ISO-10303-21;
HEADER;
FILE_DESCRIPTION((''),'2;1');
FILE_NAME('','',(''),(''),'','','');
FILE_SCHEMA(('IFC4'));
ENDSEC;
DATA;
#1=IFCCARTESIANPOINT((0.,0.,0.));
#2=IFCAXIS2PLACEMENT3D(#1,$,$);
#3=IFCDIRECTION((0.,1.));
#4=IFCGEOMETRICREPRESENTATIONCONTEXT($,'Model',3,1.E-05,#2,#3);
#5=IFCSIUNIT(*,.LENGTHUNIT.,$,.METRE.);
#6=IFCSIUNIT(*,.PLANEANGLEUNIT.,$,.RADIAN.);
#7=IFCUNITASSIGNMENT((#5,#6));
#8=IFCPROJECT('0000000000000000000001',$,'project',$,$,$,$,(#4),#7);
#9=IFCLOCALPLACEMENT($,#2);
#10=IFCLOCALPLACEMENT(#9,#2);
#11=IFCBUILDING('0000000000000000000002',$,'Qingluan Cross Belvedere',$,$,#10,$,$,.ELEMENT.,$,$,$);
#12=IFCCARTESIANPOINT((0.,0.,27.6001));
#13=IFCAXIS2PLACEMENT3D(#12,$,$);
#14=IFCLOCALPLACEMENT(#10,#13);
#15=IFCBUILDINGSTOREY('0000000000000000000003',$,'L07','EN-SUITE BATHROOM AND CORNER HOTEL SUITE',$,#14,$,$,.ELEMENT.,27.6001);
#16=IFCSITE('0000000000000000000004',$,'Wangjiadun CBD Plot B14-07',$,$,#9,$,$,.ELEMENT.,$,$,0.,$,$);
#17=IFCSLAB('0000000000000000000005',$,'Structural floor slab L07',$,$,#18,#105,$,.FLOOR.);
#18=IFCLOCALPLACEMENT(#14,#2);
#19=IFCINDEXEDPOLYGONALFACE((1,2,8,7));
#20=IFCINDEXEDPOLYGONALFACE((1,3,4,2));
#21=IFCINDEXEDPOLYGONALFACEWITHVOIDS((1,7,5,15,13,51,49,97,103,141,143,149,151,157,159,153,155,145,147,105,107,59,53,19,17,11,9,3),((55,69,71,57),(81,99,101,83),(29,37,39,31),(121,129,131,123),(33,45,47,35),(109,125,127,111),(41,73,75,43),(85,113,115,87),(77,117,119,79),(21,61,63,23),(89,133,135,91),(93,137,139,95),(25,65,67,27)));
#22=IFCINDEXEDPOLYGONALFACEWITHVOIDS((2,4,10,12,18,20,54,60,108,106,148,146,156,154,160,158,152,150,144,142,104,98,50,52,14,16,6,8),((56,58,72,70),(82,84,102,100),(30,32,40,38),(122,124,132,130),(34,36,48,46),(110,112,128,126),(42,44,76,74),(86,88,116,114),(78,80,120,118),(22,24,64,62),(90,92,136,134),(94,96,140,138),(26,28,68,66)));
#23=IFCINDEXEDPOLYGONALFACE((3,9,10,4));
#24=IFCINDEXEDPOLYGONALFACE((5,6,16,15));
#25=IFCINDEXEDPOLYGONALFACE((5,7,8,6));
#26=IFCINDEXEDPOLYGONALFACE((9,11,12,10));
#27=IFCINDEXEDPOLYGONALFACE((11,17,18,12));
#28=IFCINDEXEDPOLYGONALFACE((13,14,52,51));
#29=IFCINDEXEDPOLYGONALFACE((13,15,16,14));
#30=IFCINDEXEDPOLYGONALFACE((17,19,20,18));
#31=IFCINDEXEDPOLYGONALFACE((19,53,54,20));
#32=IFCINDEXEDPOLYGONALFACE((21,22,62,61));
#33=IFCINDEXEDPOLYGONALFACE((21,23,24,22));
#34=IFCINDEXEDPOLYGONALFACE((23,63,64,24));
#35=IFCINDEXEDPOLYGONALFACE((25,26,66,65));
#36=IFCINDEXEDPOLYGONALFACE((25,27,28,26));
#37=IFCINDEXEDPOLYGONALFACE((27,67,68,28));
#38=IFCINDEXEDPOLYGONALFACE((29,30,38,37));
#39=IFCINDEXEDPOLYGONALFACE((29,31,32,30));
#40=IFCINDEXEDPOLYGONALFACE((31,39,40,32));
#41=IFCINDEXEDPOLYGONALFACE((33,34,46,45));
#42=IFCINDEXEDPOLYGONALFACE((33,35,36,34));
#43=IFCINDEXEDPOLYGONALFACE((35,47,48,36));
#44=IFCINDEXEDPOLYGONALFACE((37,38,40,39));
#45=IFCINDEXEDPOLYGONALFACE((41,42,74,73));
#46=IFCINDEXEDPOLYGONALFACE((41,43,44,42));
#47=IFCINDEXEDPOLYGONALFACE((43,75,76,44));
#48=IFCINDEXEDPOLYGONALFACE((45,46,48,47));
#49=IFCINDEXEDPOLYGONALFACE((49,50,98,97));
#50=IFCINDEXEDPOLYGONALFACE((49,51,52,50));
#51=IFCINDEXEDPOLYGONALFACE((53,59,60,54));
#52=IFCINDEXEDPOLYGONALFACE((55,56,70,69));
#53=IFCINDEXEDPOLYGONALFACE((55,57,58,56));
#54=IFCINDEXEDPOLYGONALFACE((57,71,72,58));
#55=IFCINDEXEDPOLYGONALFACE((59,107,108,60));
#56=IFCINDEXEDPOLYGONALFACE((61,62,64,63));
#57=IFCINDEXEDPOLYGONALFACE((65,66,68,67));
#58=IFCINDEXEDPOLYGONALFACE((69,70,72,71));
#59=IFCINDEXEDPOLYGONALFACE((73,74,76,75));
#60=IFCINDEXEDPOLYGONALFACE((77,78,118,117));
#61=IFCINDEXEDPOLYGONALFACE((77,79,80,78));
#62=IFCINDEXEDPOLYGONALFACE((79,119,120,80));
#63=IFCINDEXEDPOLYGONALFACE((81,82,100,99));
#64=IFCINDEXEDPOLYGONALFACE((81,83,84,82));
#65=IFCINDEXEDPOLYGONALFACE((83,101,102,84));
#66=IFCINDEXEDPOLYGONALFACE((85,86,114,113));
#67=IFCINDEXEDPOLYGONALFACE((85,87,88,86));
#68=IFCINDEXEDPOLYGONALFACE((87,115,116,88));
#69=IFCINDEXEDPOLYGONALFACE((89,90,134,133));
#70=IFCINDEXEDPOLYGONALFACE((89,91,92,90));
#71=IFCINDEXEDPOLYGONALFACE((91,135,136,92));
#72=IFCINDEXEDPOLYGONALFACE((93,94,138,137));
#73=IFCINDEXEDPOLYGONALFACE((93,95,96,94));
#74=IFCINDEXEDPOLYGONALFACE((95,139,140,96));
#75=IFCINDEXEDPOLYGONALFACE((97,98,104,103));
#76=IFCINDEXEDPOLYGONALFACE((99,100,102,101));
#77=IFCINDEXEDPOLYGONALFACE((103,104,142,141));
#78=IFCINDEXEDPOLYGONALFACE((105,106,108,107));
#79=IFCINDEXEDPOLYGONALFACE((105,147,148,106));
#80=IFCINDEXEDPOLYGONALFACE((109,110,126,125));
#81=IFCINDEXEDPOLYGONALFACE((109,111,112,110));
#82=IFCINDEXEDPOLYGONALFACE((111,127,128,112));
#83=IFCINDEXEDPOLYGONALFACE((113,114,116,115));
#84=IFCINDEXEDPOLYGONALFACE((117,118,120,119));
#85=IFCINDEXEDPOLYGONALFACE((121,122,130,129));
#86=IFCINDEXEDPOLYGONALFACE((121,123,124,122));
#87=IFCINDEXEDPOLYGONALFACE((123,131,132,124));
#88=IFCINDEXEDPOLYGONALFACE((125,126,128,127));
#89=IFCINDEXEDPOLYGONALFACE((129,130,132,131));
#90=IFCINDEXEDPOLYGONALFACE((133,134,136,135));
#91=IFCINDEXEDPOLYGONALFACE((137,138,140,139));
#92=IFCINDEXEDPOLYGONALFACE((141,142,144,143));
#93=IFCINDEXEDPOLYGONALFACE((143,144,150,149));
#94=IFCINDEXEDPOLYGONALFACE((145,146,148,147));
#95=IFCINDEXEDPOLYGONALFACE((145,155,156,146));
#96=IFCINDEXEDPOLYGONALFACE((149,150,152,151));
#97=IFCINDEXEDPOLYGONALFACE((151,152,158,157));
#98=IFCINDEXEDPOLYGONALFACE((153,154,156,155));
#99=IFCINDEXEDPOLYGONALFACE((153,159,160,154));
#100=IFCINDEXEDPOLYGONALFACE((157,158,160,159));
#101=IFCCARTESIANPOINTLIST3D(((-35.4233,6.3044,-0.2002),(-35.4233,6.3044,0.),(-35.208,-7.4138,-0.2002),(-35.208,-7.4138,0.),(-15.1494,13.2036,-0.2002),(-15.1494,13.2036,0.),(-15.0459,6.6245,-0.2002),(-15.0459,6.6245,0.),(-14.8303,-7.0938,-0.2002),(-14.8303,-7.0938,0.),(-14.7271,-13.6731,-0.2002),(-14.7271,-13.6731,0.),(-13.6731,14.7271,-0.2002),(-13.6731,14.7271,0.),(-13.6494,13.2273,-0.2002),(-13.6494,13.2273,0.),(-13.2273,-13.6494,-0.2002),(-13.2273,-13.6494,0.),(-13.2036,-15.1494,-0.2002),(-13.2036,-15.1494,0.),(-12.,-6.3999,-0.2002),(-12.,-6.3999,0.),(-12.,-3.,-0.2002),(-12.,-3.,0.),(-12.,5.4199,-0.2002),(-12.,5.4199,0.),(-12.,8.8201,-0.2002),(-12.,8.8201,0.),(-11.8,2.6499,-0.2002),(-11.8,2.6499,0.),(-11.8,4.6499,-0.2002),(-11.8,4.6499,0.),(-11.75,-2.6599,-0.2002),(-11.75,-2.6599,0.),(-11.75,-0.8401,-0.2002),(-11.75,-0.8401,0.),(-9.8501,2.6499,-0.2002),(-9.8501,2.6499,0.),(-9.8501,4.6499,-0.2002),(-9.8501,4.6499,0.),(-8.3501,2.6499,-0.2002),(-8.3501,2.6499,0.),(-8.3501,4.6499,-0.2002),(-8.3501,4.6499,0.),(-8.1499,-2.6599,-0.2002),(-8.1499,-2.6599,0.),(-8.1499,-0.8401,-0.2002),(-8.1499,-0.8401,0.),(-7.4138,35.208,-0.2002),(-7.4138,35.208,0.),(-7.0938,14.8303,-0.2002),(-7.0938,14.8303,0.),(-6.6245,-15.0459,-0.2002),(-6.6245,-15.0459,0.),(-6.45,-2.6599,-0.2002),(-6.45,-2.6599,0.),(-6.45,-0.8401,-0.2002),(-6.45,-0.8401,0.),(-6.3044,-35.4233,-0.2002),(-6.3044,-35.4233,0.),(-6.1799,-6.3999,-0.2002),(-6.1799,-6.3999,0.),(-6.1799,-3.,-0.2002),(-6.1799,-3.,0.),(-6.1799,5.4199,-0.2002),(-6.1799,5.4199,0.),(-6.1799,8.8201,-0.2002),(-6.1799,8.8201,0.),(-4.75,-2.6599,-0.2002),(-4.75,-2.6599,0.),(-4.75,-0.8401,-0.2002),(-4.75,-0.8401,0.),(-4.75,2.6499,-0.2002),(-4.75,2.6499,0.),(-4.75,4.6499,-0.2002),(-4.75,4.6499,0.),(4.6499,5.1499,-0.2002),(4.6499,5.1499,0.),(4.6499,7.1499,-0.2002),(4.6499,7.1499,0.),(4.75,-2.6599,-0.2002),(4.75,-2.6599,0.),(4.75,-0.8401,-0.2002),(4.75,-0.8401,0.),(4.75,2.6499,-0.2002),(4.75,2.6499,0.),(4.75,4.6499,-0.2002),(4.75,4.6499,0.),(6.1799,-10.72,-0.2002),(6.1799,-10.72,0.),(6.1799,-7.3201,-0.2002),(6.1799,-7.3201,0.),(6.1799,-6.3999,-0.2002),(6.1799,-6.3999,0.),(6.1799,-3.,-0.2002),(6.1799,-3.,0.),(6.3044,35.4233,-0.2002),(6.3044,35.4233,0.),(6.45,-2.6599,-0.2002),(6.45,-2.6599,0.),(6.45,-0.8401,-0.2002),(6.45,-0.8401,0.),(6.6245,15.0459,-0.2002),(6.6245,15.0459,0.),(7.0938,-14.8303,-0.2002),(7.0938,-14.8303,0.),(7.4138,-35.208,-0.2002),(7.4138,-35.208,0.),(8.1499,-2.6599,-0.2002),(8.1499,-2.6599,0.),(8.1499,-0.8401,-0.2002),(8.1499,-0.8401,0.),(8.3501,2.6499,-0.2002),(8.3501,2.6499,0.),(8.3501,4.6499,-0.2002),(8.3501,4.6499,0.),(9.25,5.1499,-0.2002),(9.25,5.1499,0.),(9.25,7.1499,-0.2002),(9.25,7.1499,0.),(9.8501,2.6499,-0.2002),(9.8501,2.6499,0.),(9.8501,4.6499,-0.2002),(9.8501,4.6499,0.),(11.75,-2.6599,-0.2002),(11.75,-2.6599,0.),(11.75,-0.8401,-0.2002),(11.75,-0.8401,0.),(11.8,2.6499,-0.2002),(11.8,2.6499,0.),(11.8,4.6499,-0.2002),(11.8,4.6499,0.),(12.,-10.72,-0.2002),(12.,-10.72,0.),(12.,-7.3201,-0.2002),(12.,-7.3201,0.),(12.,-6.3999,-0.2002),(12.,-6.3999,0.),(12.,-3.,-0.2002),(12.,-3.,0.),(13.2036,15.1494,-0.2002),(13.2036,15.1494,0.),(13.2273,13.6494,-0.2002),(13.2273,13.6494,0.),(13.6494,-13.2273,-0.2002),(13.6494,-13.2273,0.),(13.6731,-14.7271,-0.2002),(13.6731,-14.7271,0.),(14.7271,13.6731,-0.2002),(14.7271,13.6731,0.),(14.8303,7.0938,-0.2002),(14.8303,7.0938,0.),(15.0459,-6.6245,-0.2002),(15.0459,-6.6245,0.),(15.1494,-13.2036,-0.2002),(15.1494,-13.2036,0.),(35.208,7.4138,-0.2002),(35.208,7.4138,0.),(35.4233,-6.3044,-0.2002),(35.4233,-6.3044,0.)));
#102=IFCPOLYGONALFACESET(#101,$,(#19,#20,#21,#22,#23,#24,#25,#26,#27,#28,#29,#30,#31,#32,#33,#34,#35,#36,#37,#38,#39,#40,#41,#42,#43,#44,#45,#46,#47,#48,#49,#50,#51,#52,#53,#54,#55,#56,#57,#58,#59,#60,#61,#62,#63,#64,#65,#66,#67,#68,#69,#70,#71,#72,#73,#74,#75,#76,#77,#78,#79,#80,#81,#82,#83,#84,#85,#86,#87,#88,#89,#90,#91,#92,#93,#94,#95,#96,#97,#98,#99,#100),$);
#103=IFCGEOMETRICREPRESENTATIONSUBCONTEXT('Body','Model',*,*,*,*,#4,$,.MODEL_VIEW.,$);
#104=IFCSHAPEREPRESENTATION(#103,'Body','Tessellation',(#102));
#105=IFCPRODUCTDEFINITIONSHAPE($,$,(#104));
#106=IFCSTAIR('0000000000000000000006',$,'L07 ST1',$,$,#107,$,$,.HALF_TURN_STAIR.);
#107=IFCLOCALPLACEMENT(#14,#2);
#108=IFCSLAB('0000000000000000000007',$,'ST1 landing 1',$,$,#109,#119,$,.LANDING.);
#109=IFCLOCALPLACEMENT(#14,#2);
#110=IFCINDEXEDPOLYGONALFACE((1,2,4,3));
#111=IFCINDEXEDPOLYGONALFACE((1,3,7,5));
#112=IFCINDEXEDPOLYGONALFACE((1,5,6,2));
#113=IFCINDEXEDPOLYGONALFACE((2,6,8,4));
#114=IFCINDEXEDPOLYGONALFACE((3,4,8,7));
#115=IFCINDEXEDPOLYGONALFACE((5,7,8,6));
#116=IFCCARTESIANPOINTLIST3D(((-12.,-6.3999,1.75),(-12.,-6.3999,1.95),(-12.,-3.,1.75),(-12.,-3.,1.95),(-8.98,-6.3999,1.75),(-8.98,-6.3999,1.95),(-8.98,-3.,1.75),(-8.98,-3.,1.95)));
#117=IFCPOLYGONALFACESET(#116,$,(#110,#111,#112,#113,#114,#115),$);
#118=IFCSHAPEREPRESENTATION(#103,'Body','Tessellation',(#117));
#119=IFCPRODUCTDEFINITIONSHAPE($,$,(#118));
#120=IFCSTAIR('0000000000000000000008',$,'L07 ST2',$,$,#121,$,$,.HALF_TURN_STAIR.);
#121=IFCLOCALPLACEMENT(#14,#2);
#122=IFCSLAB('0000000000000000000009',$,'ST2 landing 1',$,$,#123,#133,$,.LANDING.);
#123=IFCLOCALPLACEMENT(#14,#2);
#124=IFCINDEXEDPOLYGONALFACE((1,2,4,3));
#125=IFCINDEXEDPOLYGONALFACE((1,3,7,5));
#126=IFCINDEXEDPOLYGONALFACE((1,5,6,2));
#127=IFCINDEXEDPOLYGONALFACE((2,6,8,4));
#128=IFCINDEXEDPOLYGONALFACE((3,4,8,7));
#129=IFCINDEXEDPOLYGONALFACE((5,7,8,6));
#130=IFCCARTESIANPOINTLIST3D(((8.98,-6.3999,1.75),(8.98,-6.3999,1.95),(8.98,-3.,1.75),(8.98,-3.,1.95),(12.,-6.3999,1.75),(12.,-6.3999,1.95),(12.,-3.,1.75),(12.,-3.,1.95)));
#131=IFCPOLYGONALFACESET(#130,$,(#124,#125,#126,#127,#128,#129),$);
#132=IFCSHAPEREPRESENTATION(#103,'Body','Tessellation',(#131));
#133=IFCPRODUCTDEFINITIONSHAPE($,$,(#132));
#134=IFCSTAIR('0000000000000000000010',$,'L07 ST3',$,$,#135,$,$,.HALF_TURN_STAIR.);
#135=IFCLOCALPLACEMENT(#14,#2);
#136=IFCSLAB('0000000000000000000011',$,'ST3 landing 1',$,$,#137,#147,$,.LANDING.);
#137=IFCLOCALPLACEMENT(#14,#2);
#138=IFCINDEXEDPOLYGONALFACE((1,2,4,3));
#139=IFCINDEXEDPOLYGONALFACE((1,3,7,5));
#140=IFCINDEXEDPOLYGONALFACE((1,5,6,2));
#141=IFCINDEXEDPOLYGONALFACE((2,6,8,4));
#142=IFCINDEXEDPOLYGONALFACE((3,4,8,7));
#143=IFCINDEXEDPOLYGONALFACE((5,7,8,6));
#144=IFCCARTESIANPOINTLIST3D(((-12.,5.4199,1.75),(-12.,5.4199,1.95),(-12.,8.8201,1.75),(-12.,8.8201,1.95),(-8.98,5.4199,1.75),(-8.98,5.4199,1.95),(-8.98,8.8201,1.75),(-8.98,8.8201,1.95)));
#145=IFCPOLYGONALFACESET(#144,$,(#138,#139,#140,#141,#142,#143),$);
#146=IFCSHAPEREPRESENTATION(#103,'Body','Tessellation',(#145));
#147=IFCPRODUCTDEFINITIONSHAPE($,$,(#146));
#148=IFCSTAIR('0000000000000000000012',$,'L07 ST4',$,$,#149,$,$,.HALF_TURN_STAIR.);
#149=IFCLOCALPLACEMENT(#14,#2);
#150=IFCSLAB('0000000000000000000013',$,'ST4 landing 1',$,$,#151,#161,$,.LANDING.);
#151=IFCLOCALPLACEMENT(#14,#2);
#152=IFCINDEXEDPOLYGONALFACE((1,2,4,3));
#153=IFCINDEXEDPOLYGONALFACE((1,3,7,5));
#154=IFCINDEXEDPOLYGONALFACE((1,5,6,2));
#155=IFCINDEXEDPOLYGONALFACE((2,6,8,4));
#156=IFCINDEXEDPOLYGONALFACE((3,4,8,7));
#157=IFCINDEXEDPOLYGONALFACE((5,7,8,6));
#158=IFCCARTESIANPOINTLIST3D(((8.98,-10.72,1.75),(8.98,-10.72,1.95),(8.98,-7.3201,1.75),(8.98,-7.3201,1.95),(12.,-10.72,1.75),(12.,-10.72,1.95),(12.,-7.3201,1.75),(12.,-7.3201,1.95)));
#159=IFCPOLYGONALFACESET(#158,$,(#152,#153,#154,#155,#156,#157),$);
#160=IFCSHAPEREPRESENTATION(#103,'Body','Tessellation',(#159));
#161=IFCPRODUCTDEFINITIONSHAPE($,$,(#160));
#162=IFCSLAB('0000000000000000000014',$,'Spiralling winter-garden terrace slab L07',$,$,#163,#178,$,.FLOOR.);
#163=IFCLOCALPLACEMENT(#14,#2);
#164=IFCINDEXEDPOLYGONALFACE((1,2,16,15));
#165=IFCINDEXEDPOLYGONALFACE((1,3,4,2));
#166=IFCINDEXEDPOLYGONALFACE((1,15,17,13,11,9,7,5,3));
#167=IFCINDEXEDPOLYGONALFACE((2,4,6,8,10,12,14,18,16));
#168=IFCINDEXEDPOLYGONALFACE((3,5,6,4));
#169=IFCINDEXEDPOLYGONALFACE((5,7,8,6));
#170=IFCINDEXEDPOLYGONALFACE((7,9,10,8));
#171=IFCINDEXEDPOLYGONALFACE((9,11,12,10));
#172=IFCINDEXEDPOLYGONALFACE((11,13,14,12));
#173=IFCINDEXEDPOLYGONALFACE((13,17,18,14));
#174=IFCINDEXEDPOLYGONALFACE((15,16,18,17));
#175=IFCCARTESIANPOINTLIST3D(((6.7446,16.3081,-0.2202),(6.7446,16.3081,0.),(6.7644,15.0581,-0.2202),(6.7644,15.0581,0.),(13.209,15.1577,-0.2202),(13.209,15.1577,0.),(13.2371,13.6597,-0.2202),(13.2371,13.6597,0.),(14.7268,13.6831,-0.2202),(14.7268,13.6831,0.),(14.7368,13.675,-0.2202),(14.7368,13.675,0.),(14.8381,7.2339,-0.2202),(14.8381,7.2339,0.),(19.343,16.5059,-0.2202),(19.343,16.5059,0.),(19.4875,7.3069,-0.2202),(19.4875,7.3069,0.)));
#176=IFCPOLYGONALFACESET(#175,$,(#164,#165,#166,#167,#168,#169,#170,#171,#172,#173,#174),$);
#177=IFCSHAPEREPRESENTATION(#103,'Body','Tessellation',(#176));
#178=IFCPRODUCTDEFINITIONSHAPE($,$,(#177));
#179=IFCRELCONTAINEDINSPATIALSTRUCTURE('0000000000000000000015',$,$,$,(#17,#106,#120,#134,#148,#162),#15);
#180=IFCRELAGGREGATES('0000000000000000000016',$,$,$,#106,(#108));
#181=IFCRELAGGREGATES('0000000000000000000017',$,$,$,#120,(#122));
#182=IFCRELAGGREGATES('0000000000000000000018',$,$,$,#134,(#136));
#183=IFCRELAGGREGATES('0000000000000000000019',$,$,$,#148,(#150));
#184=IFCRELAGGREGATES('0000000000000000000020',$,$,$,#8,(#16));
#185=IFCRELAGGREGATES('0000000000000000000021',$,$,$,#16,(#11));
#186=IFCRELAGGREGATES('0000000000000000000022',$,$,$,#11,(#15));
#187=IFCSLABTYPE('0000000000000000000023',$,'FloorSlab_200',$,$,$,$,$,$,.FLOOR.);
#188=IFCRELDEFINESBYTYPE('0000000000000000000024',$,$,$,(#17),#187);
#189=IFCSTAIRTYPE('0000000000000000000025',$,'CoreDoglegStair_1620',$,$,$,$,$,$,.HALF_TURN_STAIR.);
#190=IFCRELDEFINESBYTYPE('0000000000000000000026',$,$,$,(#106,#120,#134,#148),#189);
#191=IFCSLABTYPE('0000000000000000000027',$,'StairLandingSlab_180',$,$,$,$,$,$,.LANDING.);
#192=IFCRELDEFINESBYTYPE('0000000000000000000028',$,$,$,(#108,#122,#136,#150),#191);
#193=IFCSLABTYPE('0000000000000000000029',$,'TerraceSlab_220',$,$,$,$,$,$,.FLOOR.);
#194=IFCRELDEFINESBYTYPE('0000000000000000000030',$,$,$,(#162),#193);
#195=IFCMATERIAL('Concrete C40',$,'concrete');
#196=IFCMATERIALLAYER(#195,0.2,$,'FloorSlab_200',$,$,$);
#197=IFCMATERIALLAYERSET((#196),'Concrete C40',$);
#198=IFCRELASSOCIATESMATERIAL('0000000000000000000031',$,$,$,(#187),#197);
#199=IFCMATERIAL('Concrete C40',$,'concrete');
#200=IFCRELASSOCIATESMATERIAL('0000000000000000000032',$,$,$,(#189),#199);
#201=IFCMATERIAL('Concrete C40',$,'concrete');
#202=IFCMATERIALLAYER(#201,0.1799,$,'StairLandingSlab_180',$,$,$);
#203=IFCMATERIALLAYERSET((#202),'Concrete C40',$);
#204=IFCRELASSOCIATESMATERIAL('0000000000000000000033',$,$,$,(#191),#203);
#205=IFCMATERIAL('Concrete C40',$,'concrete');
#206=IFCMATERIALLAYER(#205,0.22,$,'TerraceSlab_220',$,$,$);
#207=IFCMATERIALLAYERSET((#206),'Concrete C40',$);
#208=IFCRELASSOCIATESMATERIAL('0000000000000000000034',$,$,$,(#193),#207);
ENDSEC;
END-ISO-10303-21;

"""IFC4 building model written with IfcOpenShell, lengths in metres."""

from ifc_helpers import new_model, si_unit, direction, frame, origin, place, context, subcontext, project, spatial, polyline, outline, extrude, material, layer, layer_set, type_object, element, aggregate, save


model = new_model("IFC4")

# Units and contexts
model_context = context("Model", 3, precision=1e-05, world=origin(), true_north=direction((0.0, 1.0)))
body_context = subcontext(model_context, "Body", "Model", "MODEL_VIEW")
ifc_project = project(units=[si_unit("LENGTHUNIT", "METRE"), si_unit("PLANEANGLEUNIT", "RADIAN")], contexts=[model_context])

# Site, building, storey
site_placement = place(None, origin())
site = spatial("IfcSite", under=ifc_project, at=site_placement, Name="Wangjiadun CBD Plot B14-07", CompositionType="ELEMENT", RefElevation=0.0)
building_placement = place(site_placement, origin())
building = spatial("IfcBuilding", under=site, at=building_placement, Name="Qingluan Cross Belvedere", CompositionType="ELEMENT")
storey_placement = place(building_placement, frame((0.0, 0.0, 27.6001)))
storey = spatial("IfcBuildingStorey", under=building, at=storey_placement, Name="L07", Description="EN-SUITE BATHROOM AND CORNER HOTEL SUITE", CompositionType="ELEMENT", Elevation=27.6001)

# Slab
ifc_material_1 = material(Name="Concrete C40", Category="concrete")
ifc_layer_1 = layer(ifc_material_1, 0.2, Name="FloorSlab_200")
ifc_layer_set_1 = layer_set([ifc_layer_1], Name="Concrete C40")
slab_type_1 = type_object("IfcSlabType", Name="FloorSlab_200", PredefinedType="FLOOR", material=ifc_layer_set_1)
slab_1_placement = place(storey_placement, frame((0.0, 0.0, -0.2002)))
element("IfcSlab", 1, at=slab_1_placement, inside=storey, type_object=slab_type_1, Name="Structural floor slab L07", PredefinedType="FLOOR", context=body_context, shape_type="SweptSolid", body=[
    extrude(outline(polyline([(7.4138, -35.208), (7.0938, -14.8303), (13.6731, -14.7271), (13.6494, -13.2273), (15.1494, -13.2036), (15.0459, -6.6245), (35.4233, -6.3044), (35.208, 7.4138), (14.8303, 7.0938), (14.7271, 13.6731), (13.2273, 13.6494), (13.2036, 15.1494), (6.6245, 15.0459), (6.3044, 35.4233), (-7.4138, 35.208), (-7.0938, 14.8303), (-13.6731, 14.7271), (-13.6494, 13.2273), (-15.1494, 13.2036), (-15.0459, 6.6245), (-35.4233, 6.3044), (-35.208, -7.4138), (-14.8303, -7.0938), (-14.7271, -13.6731), (-13.2273, -13.6494), (-13.2036, -15.1494), (-6.6245, -15.0459), (-6.3044, -35.4233), (7.4138, -35.208)]), holes=[polyline([(-12.0, -3.0), (-6.1799, -3.0), (-6.1799, -6.3999), (-12.0, -6.3999), (-12.0, -3.0)]), polyline([(6.1799, -3.0), (12.0, -3.0), (12.0, -6.3999), (6.1799, -6.3999), (6.1799, -3.0)]), polyline([(-12.0, 8.8201), (-6.1799, 8.8201), (-6.1799, 5.4199), (-12.0, 5.4199), (-12.0, 8.8201)]), polyline([(6.1799, -7.3201), (12.0, -7.3201), (12.0, -10.72), (6.1799, -10.72), (6.1799, -7.3201)]), polyline([(-11.8, 4.6499), (-9.8501, 4.6499), (-9.8501, 2.6499), (-11.8, 2.6499), (-11.8, 4.6499)]), polyline([(-8.3501, 4.6499), (-4.75, 4.6499), (-4.75, 2.6499), (-8.3501, 2.6499), (-8.3501, 4.6499)]), polyline([(4.75, 4.6499), (8.3501, 4.6499), (8.3501, 2.6499), (4.75, 2.6499), (4.75, 4.6499)]), polyline([(9.8501, 4.6499), (11.8, 4.6499), (11.8, 2.6499), (9.8501, 2.6499), (9.8501, 4.6499)]), polyline([(-11.75, -0.8401), (-8.1499, -0.8401), (-8.1499, -2.6599), (-11.75, -2.6599), (-11.75, -0.8401)]), polyline([(-6.45, -0.8401), (-4.75, -0.8401), (-4.75, -2.6599), (-6.45, -2.6599), (-6.45, -0.8401)]), polyline([(4.75, -0.8401), (6.45, -0.8401), (6.45, -2.6599), (4.75, -2.6599), (4.75, -0.8401)]), polyline([(8.1499, -0.8401), (11.75, -0.8401), (11.75, -2.6599), (8.1499, -2.6599), (8.1499, -0.8401)]), polyline([(4.6499, 7.1499), (9.25, 7.1499), (9.25, 5.1499), (4.6499, 5.1499), (4.6499, 7.1499)])]), origin(), (0.0, 0.0, 1.0), 0.2002),
])

# Stairs, slabs
ifc_material_2 = material(Name="Concrete C40", Category="concrete")
stair_type = type_object("IfcStairType", Name="CoreDoglegStair_1620", PredefinedType="HALF_TURN_STAIR", material=ifc_material_2)
stair_1_placement = place(storey_placement, origin())
stair_1 = element("IfcStair", 2, at=stair_1_placement, inside=storey, type_object=stair_type, Name="L07 ST1", PredefinedType="HALF_TURN_STAIR")
ifc_material_3 = material(Name="Concrete C40", Category="concrete")
ifc_layer_2 = layer(ifc_material_3, 0.1799, Name="StairLandingSlab_180")
ifc_layer_set_2 = layer_set([ifc_layer_2], Name="Concrete C40")
slab_type_2 = type_object("IfcSlabType", Name="StairLandingSlab_180", PredefinedType="LANDING", material=ifc_layer_set_2)
slab_2_placement = place(storey_placement, frame((0.0, 0.0, 1.75)))
slab_2 = element("IfcSlab", 3, at=slab_2_placement, type_object=slab_type_2, Name="ST1 landing 1", PredefinedType="LANDING", context=body_context, shape_type="SweptSolid", body=[
    extrude(outline(polyline([(-8.98, -3.0), (-12.0, -3.0), (-12.0, -6.3999), (-8.98, -6.3999), (-8.98, -3.0)])), origin(), (0.0, 0.0, 1.0), 0.2),
])
aggregate(stair_1, [slab_2])
stair_2_placement = place(storey_placement, origin())
stair_2 = element("IfcStair", 4, at=stair_2_placement, inside=storey, type_object=stair_type, Name="L07 ST2", PredefinedType="HALF_TURN_STAIR")
slab_3_placement = place(storey_placement, frame((0.0, 0.0, 1.75)))
slab_3 = element("IfcSlab", 5, at=slab_3_placement, type_object=slab_type_2, Name="ST2 landing 1", PredefinedType="LANDING", context=body_context, shape_type="SweptSolid", body=[
    extrude(outline(polyline([(8.98, -6.3999), (12.0, -6.3999), (12.0, -3.0), (8.98, -3.0), (8.98, -6.3999)])), origin(), (0.0, 0.0, 1.0), 0.2),
])
aggregate(stair_2, [slab_3])
stair_3_placement = place(storey_placement, origin())
stair_3 = element("IfcStair", 6, at=stair_3_placement, inside=storey, type_object=stair_type, Name="L07 ST3", PredefinedType="HALF_TURN_STAIR")
slab_4_placement = place(storey_placement, frame((0.0, 0.0, 1.75)))
slab_4 = element("IfcSlab", 7, at=slab_4_placement, type_object=slab_type_2, Name="ST3 landing 1", PredefinedType="LANDING", context=body_context, shape_type="SweptSolid", body=[
    extrude(outline(polyline([(-8.98, 8.8201), (-12.0, 8.8201), (-12.0, 5.4199), (-8.98, 5.4199), (-8.98, 8.8201)])), origin(), (0.0, 0.0, 1.0), 0.2),
])
aggregate(stair_3, [slab_4])
stair_4_placement = place(storey_placement, origin())
stair_4 = element("IfcStair", 8, at=stair_4_placement, inside=storey, type_object=stair_type, Name="L07 ST4", PredefinedType="HALF_TURN_STAIR")
slab_5_placement = place(storey_placement, frame((0.0, 0.0, 1.75)))
slab_5 = element("IfcSlab", 9, at=slab_5_placement, type_object=slab_type_2, Name="ST4 landing 1", PredefinedType="LANDING", context=body_context, shape_type="SweptSolid", body=[
    extrude(outline(polyline([(8.98, -10.72), (12.0, -10.72), (12.0, -7.3201), (8.98, -7.3201), (8.98, -10.72)])), origin(), (0.0, 0.0, 1.0), 0.2),
])
aggregate(stair_4, [slab_5])

# Slab
ifc_material_4 = material(Name="Concrete C40", Category="concrete")
ifc_layer_3 = layer(ifc_material_4, 0.22, Name="TerraceSlab_220")
ifc_layer_set_3 = layer_set([ifc_layer_3], Name="Concrete C40")
slab_type_3 = type_object("IfcSlabType", Name="TerraceSlab_220", PredefinedType="FLOOR", material=ifc_layer_set_3)
slab_6_placement = place(storey_placement, frame((0.0, 0.0, -0.2202)))
element("IfcSlab", 10, at=slab_6_placement, inside=storey, type_object=slab_type_3, Name="Spiralling winter-garden terrace slab L07", PredefinedType="FLOOR", context=body_context, shape_type="SweptSolid", body=[
    extrude(outline(polyline([(6.7644, 15.0581), (13.209, 15.1577), (13.2371, 13.6597), (14.7268, 13.6831), (14.7368, 13.675), (14.8381, 7.2339), (19.4875, 7.3069), (19.343, 16.5059), (6.7446, 16.3081), (6.7644, 15.0581)])), origin(), (0.0, 0.0, 1.0), 0.2202),
])

save(model, "model.ifc")
